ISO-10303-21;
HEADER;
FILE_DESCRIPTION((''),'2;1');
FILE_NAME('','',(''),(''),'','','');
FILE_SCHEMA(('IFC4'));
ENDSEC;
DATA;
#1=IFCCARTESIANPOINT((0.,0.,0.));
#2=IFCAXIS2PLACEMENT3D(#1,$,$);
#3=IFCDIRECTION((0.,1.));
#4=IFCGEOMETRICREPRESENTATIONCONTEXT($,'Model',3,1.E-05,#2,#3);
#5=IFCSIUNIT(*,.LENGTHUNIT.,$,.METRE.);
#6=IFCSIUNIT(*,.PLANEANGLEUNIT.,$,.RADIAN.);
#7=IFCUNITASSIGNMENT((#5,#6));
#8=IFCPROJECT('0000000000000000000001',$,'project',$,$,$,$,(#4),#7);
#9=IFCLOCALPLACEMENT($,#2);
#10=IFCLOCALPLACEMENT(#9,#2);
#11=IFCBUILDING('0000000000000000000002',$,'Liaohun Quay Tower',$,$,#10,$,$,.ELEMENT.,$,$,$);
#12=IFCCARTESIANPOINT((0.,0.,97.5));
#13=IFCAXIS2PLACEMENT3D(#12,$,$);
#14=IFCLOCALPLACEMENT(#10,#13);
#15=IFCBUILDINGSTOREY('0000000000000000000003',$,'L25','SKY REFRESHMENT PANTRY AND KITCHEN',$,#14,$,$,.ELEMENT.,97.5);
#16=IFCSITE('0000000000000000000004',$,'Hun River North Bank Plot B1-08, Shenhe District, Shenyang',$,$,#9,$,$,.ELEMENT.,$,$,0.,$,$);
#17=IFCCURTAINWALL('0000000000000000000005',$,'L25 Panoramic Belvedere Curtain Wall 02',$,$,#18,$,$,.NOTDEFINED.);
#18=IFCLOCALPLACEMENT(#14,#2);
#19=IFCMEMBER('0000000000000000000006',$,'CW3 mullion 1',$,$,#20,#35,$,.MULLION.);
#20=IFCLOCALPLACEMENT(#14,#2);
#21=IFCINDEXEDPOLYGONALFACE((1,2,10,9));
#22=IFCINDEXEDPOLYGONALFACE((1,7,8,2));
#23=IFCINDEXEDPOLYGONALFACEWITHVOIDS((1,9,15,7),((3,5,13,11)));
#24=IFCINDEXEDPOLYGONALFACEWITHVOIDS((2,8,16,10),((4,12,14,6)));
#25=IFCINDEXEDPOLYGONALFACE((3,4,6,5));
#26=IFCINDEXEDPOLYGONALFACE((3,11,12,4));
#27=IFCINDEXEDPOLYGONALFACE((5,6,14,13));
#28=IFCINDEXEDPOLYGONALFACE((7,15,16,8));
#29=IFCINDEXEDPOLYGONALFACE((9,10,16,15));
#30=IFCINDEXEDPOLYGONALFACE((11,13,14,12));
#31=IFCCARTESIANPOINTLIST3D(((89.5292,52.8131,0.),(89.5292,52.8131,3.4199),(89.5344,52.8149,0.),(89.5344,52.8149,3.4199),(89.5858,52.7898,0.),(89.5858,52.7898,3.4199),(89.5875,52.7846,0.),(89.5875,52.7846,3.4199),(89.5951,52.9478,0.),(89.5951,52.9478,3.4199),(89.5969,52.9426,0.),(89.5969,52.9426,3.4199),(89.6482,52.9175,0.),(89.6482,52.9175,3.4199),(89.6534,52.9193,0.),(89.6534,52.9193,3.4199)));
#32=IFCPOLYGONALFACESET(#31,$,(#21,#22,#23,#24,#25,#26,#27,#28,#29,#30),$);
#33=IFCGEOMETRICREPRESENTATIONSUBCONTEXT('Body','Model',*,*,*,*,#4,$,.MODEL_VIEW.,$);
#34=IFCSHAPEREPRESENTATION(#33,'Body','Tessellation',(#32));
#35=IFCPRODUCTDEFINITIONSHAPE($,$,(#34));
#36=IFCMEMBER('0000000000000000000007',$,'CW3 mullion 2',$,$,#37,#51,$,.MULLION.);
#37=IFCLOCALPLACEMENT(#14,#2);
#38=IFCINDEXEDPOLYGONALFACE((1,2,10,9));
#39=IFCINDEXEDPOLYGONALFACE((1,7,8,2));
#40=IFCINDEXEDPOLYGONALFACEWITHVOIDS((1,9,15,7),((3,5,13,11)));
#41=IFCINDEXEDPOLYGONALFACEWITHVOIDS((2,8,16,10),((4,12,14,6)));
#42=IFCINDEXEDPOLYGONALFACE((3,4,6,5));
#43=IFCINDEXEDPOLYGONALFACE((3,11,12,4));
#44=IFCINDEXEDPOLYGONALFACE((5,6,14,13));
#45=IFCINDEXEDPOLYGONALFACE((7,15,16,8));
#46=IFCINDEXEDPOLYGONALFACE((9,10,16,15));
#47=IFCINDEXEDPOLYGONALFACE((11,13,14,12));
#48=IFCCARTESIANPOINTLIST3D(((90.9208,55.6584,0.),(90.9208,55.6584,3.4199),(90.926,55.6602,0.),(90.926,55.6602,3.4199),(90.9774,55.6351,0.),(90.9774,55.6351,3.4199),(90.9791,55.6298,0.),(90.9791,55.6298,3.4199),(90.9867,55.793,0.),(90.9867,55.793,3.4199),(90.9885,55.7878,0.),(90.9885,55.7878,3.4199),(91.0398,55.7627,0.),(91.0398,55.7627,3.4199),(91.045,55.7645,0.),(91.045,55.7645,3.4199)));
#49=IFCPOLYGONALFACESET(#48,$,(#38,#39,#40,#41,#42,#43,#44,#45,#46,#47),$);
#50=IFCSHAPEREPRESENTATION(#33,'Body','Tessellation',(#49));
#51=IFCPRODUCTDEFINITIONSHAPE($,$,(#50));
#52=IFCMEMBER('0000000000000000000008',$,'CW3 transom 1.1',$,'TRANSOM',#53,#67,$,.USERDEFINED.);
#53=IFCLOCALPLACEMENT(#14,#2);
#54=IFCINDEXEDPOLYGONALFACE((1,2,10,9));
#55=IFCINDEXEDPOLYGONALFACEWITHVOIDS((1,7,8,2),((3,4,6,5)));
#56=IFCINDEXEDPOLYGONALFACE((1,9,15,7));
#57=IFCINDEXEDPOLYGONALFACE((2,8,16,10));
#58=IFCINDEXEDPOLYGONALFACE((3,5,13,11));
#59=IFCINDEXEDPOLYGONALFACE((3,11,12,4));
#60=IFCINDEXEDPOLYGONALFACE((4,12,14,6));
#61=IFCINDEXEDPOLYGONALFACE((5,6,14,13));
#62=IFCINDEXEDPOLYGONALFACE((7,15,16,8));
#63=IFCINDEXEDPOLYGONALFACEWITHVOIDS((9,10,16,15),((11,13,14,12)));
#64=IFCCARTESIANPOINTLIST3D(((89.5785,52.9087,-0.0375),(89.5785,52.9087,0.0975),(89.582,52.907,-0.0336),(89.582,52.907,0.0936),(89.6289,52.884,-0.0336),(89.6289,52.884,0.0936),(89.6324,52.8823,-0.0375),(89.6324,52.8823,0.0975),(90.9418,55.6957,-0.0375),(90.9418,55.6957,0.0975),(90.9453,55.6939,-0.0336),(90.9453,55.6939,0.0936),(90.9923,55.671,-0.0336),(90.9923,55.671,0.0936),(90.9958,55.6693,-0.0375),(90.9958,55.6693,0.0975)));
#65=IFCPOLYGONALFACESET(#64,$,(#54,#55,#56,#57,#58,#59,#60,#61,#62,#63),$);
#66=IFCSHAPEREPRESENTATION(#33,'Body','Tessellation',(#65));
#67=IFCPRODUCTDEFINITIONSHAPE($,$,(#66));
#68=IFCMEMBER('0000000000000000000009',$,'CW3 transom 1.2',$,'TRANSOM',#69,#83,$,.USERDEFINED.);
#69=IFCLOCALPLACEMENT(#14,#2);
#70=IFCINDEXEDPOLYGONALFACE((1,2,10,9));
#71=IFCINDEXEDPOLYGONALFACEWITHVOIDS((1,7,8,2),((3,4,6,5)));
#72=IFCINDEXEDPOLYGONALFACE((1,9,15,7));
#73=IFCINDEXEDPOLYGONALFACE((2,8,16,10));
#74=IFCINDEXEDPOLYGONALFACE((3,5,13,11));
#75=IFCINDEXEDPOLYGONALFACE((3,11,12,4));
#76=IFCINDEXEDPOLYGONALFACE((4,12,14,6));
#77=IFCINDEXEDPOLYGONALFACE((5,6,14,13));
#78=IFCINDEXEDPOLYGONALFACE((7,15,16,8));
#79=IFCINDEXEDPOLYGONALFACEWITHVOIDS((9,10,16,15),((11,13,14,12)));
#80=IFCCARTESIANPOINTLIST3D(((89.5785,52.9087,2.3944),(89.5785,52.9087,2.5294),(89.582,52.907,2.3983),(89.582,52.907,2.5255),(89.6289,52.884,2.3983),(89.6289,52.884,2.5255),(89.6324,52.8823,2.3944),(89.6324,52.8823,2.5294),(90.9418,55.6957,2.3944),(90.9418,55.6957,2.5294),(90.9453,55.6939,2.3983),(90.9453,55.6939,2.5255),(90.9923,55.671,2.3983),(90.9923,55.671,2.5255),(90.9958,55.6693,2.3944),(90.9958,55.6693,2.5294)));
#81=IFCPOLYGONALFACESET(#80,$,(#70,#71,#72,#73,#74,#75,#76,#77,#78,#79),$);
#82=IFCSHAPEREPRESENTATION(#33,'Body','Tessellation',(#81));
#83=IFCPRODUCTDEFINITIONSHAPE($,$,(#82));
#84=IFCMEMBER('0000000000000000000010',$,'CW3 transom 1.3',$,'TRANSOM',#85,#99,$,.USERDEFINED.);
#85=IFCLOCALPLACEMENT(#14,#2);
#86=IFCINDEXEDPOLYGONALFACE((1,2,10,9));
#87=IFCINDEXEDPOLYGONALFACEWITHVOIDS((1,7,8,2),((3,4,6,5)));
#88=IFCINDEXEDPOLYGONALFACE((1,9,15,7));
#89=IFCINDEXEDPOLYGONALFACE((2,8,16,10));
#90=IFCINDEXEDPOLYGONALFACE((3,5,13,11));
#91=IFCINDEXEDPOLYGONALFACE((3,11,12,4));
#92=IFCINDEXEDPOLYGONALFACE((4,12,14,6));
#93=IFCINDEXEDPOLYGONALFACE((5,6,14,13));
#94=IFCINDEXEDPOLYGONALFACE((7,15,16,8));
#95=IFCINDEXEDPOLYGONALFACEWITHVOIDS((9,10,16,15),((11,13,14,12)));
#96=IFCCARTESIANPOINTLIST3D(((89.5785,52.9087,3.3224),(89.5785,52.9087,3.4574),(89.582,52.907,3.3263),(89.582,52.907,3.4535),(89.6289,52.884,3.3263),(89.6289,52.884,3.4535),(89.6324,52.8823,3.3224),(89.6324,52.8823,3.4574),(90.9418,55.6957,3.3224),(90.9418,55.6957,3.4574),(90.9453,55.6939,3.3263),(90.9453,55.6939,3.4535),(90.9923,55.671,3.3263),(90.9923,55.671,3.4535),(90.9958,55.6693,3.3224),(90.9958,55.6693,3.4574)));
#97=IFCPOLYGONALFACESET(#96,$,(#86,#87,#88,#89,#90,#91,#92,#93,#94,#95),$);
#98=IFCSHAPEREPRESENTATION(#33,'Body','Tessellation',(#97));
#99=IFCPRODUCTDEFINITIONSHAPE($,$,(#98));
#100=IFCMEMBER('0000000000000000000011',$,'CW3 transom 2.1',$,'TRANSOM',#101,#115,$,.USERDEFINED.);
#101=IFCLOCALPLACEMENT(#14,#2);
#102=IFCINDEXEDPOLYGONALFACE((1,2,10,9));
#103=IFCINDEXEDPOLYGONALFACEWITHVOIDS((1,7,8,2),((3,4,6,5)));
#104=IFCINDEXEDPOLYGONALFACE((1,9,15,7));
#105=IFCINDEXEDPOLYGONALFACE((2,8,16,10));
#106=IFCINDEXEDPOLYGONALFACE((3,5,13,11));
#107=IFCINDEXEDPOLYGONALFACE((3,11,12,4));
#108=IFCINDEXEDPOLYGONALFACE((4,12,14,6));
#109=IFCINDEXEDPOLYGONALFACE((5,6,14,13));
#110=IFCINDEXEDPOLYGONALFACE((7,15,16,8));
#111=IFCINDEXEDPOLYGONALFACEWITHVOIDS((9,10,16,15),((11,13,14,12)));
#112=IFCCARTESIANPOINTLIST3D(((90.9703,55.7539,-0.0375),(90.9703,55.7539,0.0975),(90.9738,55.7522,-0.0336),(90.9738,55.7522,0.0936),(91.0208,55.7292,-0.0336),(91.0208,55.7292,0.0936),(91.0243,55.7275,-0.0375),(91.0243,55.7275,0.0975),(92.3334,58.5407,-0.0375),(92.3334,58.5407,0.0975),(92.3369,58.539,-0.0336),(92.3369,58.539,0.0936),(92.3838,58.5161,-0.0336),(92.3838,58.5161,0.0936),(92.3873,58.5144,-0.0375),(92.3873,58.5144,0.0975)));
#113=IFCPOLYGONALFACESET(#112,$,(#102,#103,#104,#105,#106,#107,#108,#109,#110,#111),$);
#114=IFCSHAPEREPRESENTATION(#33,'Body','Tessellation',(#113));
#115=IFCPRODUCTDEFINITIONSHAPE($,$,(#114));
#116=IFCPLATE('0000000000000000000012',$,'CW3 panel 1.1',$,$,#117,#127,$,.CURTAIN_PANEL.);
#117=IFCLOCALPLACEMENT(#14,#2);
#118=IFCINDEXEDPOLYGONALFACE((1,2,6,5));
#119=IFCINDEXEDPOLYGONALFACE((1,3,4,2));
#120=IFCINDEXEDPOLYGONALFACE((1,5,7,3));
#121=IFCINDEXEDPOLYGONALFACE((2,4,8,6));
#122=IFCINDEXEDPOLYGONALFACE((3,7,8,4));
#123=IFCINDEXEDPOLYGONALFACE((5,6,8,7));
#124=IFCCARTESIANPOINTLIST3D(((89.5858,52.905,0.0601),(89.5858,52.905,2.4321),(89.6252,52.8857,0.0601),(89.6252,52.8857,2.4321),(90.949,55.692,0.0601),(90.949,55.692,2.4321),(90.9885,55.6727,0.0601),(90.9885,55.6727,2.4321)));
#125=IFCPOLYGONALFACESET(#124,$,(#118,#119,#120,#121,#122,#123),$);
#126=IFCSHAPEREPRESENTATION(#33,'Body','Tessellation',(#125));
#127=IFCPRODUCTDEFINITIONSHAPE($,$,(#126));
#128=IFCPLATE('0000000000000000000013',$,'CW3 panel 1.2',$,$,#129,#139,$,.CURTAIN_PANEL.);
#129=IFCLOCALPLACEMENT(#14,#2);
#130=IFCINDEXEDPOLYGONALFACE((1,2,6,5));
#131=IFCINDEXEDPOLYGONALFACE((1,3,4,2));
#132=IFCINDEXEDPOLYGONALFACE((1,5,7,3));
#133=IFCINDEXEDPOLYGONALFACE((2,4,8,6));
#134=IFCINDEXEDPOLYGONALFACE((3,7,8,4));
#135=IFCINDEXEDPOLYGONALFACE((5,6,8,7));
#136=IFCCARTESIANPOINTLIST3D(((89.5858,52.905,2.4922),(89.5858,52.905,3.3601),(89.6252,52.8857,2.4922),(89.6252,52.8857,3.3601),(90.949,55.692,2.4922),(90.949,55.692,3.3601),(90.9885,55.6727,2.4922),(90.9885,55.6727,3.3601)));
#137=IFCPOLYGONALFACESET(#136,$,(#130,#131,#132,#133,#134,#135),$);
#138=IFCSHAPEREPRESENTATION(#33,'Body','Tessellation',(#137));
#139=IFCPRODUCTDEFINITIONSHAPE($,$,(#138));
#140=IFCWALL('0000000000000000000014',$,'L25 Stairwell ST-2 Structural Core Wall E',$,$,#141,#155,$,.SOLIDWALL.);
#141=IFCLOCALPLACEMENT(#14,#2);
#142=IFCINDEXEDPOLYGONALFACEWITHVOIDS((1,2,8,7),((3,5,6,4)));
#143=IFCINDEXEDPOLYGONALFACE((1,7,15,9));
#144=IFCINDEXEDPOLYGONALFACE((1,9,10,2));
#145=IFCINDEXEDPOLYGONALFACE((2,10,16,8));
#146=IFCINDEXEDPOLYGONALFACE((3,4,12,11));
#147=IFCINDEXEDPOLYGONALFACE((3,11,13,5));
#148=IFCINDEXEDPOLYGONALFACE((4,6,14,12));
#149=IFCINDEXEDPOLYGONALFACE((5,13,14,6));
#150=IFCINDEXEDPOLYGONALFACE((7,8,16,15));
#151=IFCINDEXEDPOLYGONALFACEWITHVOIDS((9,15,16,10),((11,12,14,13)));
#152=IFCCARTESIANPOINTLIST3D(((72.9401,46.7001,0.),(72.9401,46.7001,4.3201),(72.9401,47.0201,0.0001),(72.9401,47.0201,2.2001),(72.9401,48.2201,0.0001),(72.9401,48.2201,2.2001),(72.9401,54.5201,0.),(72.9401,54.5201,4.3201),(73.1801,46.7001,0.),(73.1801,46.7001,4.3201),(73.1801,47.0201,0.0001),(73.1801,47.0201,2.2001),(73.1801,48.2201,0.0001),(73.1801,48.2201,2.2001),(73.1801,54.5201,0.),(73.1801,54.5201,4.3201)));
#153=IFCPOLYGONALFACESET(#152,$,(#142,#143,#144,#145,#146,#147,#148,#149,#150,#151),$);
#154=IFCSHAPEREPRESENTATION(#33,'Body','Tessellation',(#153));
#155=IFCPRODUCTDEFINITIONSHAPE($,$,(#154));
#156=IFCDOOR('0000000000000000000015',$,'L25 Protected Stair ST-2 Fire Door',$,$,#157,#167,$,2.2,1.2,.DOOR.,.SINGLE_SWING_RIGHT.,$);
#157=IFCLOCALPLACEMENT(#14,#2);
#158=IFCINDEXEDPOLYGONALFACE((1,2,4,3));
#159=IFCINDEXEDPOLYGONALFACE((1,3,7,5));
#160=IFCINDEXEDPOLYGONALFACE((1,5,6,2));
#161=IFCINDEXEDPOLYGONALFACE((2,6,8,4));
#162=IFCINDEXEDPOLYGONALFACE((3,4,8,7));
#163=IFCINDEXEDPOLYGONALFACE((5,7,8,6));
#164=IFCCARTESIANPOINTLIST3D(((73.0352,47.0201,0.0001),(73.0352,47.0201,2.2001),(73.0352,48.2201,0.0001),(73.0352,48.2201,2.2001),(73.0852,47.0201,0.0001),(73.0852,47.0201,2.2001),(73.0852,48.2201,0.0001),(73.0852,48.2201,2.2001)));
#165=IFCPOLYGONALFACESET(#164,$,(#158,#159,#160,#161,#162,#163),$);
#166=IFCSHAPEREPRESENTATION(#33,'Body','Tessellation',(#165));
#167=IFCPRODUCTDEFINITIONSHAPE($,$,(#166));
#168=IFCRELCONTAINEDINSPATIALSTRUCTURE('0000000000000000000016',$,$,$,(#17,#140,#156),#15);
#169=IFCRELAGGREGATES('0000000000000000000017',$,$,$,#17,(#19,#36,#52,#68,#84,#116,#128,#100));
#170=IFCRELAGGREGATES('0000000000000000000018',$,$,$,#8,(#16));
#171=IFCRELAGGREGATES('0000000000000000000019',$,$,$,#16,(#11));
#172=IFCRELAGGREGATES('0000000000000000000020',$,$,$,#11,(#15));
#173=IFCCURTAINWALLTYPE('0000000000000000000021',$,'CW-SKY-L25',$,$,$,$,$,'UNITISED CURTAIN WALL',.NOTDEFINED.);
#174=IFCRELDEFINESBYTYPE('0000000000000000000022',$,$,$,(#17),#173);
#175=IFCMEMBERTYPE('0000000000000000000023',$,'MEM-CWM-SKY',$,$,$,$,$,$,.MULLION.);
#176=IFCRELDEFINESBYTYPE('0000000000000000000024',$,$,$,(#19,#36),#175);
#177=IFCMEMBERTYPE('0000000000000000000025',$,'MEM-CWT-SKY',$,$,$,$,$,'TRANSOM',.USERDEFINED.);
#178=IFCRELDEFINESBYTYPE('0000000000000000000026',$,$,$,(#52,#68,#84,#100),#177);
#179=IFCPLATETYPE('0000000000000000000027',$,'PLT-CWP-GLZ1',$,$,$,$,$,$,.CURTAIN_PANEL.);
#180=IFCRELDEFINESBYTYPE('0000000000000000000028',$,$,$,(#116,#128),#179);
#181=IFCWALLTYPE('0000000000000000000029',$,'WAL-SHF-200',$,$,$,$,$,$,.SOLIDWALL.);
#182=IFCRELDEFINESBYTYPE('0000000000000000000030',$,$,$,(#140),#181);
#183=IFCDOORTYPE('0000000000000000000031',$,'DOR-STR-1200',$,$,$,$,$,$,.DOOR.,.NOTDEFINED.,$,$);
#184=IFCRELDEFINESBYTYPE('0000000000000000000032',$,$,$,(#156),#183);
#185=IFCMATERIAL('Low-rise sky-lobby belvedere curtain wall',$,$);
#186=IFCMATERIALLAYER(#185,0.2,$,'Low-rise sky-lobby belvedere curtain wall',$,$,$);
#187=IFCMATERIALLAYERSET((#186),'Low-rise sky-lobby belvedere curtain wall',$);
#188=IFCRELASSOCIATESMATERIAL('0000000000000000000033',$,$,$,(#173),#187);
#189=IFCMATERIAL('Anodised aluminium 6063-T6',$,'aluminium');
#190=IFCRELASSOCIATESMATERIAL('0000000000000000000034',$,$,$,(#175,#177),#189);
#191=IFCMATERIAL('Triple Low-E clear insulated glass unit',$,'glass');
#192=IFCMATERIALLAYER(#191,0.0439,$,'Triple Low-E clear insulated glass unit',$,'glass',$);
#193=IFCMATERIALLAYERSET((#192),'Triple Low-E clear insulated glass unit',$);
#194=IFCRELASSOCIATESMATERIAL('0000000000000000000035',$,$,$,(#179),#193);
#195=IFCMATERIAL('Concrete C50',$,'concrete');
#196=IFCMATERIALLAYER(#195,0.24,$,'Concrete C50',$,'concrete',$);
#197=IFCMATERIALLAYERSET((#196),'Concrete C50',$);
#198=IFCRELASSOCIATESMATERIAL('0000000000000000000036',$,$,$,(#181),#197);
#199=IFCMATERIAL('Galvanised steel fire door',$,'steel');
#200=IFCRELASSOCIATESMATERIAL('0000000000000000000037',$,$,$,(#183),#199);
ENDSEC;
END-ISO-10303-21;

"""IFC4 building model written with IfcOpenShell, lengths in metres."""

from ifc_helpers import new_model, si_unit, direction, frame, frame_2d, origin, origin_2d, place, context, subcontext, project, spatial, rectangle, hollow_rectangle, extrude, source, transform, mapped, material, layer, layer_set, material_profile, profile_set, type_object, element, fill, aggregate, save


model = new_model("IFC4")

# Units and contexts
model_context = context("Model", 3, precision=1e-05, world=origin(), true_north=direction((0.0, 1.0)))
body_context = subcontext(model_context, "Body", "Model", "MODEL_VIEW")
ifc_project = project(units=[si_unit("LENGTHUNIT", "METRE"), si_unit("PLANEANGLEUNIT", "RADIAN")], contexts=[model_context])

# Site, building, storey
site_placement = place(None, origin())
site = spatial("IfcSite", under=ifc_project, at=site_placement, Name="Hun River North Bank Plot B1-08, Shenhe District, Shenyang", CompositionType="ELEMENT", RefElevation=0.0)
building_placement = place(site_placement, origin())
building = spatial("IfcBuilding", under=site, at=building_placement, Name="Liaohun Quay Tower", CompositionType="ELEMENT")
storey_placement = place(building_placement, frame((0.0, 0.0, 97.5)))
storey = spatial("IfcBuildingStorey", under=building, at=storey_placement, Name="L25", Description="SKY REFRESHMENT PANTRY AND KITCHEN", CompositionType="ELEMENT", Elevation=97.5)

# Curtain wall, members, plates
ifc_material_1 = material(Name="Low-rise sky-lobby belvedere curtain wall")
ifc_layer_1 = layer(ifc_material_1, 0.2, Name="Low-rise sky-lobby belvedere curtain wall")
ifc_layer_set_1 = layer_set([ifc_layer_1], Name="Low-rise sky-lobby belvedere curtain wall")
curtain_wall_type = type_object("IfcCurtainWallType", Name="CW-SKY-L25", ElementType="UNITISED CURTAIN WALL", PredefinedType="NOTDEFINED", material=ifc_layer_set_1)
curtain_wall_placement = place(storey_placement, origin())
curtain_wall = element("IfcCurtainWall", 1, at=curtain_wall_placement, inside=storey, type_object=curtain_wall_type, Name="L25 Panoramic Belvedere Curtain Wall 02", PredefinedType="NOTDEFINED")
ifc_material_2 = material(Name="Anodised aluminium 6063-T6", Category="aluminium")
ifc_material_profile_1 = material_profile(ifc_material_2, hollow_rectangle(XDim=0.0649, YDim=0.1499, WallThickness=0.0039, at=origin_2d()), Name="RHS150x65x4")
ifc_profile_set_1 = profile_set([ifc_material_profile_1], Name="Anodised aluminium 6063-T6")
member_type_1 = type_object("IfcMemberType", Name="MEM-CWM-SKY", PredefinedType="MULLION", material=ifc_profile_set_1)
shared_shape_1 = source(origin(), body_context, "Body", "SweptSolid", [
    extrude(hollow_rectangle(XDim=0.0649, YDim=0.1499, WallThickness=0.0039, at=origin_2d()), origin(), (0.0, 0.0, 1.0), 3.4199),
])
member_1_placement = place(storey_placement, frame((89.5913, 52.8662, 0.0), z_axis=(0.0, 0.0, 1.0), x_axis=(-0.898299, 0.439384, 0.0)))
member_1 = element("IfcMember", 2, at=member_1_placement, type_object=member_type_1, Name="CW3 mullion 1", PredefinedType="MULLION", context=body_context, shape_type="MappedRepresentation", body=[
    mapped(shared_shape_1, transform((0.0, 0.0, 0.0), x_axis=(1.0, 0.0, 0.0), y_axis=(0.0, 1.0, 0.0), z_axis=(0.0, 0.0, 1.0), scale=1.0)),
])
member_2_placement = place(storey_placement, frame((90.9829, 55.7114, 0.0), z_axis=(0.0, 0.0, 1.0), x_axis=(-0.898299, 0.439384, 0.0)))
member_2 = element("IfcMember", 3, at=member_2_placement, type_object=member_type_1, Name="CW3 mullion 2", PredefinedType="MULLION", context=body_context, shape_type="MappedRepresentation", body=[
    mapped(shared_shape_1, transform((0.0, 0.0, 0.0), x_axis=(1.0, 0.0, 0.0), y_axis=(0.0, 1.0, 0.0), z_axis=(0.0, 0.0, 1.0), scale=1.0)),
])
ifc_material_profile_2 = material_profile(ifc_material_2, hollow_rectangle(XDim=0.0601, YDim=0.135, WallThickness=0.0039, at=origin_2d()), Name="RHS135x60x4")
ifc_profile_set_2 = profile_set([ifc_material_profile_2], Name="Anodised aluminium 6063-T6")
member_type_2 = type_object("IfcMemberType", Name="MEM-CWT-SKY", ElementType="TRANSOM", PredefinedType="USERDEFINED", material=ifc_profile_set_2)
shared_shape_2 = source(origin(), body_context, "Body", "SweptSolid", [
    extrude(hollow_rectangle(XDim=0.0601, YDim=0.135, WallThickness=0.0039, at=origin_2d()), origin(), (0.0, 0.0, 1.0), 3.1025),
])
member_3_placement = place(storey_placement, frame((89.6055, 52.8955, 0.03), z_axis=(0.439422, 0.898281, 0.0), x_axis=(-0.898281, 0.439422, 0.0)))
member_3 = element("IfcMember", 4, at=member_3_placement, type_object=member_type_2, Name="CW3 transom 1.1", ObjectType="TRANSOM", PredefinedType="USERDEFINED", context=body_context, shape_type="MappedRepresentation", body=[
    mapped(shared_shape_2, transform((0.0, 0.0, 0.0), x_axis=(1.0, 0.0, 0.0), y_axis=(0.0, 1.0, 0.0), z_axis=(0.0, 0.0, 1.0), scale=1.0)),
])
member_4_placement = place(storey_placement, frame((89.6055, 52.8955, 2.4619), z_axis=(0.439422, 0.898281, 0.0), x_axis=(-0.898281, 0.439422, 0.0)))
member_4 = element("IfcMember", 5, at=member_4_placement, type_object=member_type_2, Name="CW3 transom 1.2", ObjectType="TRANSOM", PredefinedType="USERDEFINED", context=body_context, shape_type="MappedRepresentation", body=[
    mapped(shared_shape_2, transform((0.0, 0.0, 0.0), x_axis=(1.0, 0.0, 0.0), y_axis=(0.0, 1.0, 0.0), z_axis=(0.0, 0.0, 1.0), scale=1.0)),
])
member_5_placement = place(storey_placement, frame((89.6055, 52.8955, 3.3899), z_axis=(0.439422, 0.898281, 0.0), x_axis=(-0.898281, 0.439422, 0.0)))
member_5 = element("IfcMember", 6, at=member_5_placement, type_object=member_type_2, Name="CW3 transom 1.3", ObjectType="TRANSOM", PredefinedType="USERDEFINED", context=body_context, shape_type="MappedRepresentation", body=[
    mapped(shared_shape_2, transform((0.0, 0.0, 0.0), x_axis=(1.0, 0.0, 0.0), y_axis=(0.0, 1.0, 0.0), z_axis=(0.0, 0.0, 1.0), scale=1.0)),
])
shared_shape_3 = source(origin(), body_context, "Body", "SweptSolid", [
    extrude(hollow_rectangle(XDim=0.0601, YDim=0.135, WallThickness=0.0039, at=origin_2d()), origin(), (0.0, 0.0, 1.0), 3.1023),
])
member_6_placement = place(storey_placement, frame((90.9973, 55.7407, 0.03), z_axis=(0.439358, 0.898312, 0.0), x_axis=(-0.898312, 0.439358, 0.0)))
member_6 = element("IfcMember", 7, at=member_6_placement, type_object=member_type_2, Name="CW3 transom 2.1", ObjectType="TRANSOM", PredefinedType="USERDEFINED", context=body_context, shape_type="MappedRepresentation", body=[
    mapped(shared_shape_3, transform((0.0, 0.0, 0.0), x_axis=(1.0, 0.0, 0.0), y_axis=(0.0, 1.0, 0.0), z_axis=(0.0, 0.0, 1.0), scale=1.0)),
])
ifc_material_3 = material(Name="Triple Low-E clear insulated glass unit", Category="glass")
ifc_layer_2 = layer(ifc_material_3, 0.0439, Name="Triple Low-E clear insulated glass unit", Category="glass")
ifc_layer_set_2 = layer_set([ifc_layer_2], Name="Triple Low-E clear insulated glass unit")
plate_type = type_object("IfcPlateType", Name="PLT-CWP-GLZ1", PredefinedType="CURTAIN_PANEL", material=ifc_layer_set_2)
shared_shape_4 = source(origin(), body_context, "Body", "SweptSolid", [
    extrude(rectangle(XDim=3.1025, YDim=0.0439, at=origin_2d()), origin(), (0.0, 0.0, 1.0), 2.3721),
])
plate_1_placement = place(storey_placement, frame((90.2871, 54.2888, 0.0601), z_axis=(0.0, 0.0, 1.0), x_axis=(0.439384, 0.898299, 0.0)))
plate_1 = element("IfcPlate", 8, at=plate_1_placement, type_object=plate_type, Name="CW3 panel 1.1", PredefinedType="CURTAIN_PANEL", context=body_context, shape_type="MappedRepresentation", body=[
    mapped(shared_shape_4, transform((0.0, 0.0, 0.0), x_axis=(1.0, 0.0, 0.0), y_axis=(0.0, 1.0, 0.0), z_axis=(0.0, 0.0, 1.0), scale=1.0)),
])
shared_shape_5 = source(origin(), body_context, "Body", "SweptSolid", [
    extrude(rectangle(XDim=3.1025, YDim=0.0439, at=origin_2d()), origin(), (0.0, 0.0, 1.0), 0.8679),
])
plate_2_placement = place(storey_placement, frame((90.2871, 54.2888, 2.4922), z_axis=(0.0, 0.0, 1.0), x_axis=(0.439384, 0.898299, 0.0)))
plate_2 = element("IfcPlate", 9, at=plate_2_placement, type_object=plate_type, Name="CW3 panel 1.2", PredefinedType="CURTAIN_PANEL", context=body_context, shape_type="MappedRepresentation", body=[
    mapped(shared_shape_5, transform((0.0, 0.0, 0.0), x_axis=(1.0, 0.0, 0.0), y_axis=(0.0, 1.0, 0.0), z_axis=(0.0, 0.0, 1.0), scale=1.0)),
])
aggregate(curtain_wall, [member_1, member_2, member_3, member_4, member_5, plate_1, plate_2, member_6])

# Wall, opening, door
ifc_material_4 = material(Name="Concrete C50", Category="concrete")
ifc_layer_3 = layer(ifc_material_4, 0.24, Name="Concrete C50", Category="concrete")
ifc_layer_set_3 = layer_set([ifc_layer_3], Name="Concrete C50")
wall_type = type_object("IfcWallType", Name="WAL-SHF-200", PredefinedType="SOLIDWALL", material=ifc_layer_set_3)
wall_1_placement = place(storey_placement, frame((73.0601, 46.7, 0.0), z_axis=(0.0, 0.0, 1.0), x_axis=(0.0, 1.0, 0.0)))
wall_1 = element("IfcWall", 10, at=wall_1_placement, inside=storey, type_object=wall_type, Name="L25 Stairwell ST-2 Structural Core Wall E", PredefinedType="SOLIDWALL", context=body_context, shape_type="SweptSolid", body=[
    extrude(rectangle(XDim=7.8201, YDim=0.24, at=frame_2d((3.9102, 0.0))), origin(), (0.0, 0.0, 1.0), 4.3201),
])
shared_shape_6 = source(origin(), body_context, "Body", "SweptSolid", [
    extrude(rectangle(XDim=1.2, YDim=2.2, at=frame_2d((0.6001, 1.1001))), frame((0.0, 0.1299, 0.0), z_axis=(0.0, -1.0, 0.0), x_axis=(1.0, 0.0, 0.0)), (0.0, 0.0, 1.0), 0.26),
])
opening_placement = place(wall_1_placement, frame((0.3201, 0.0, 0.0)))
opening = element("IfcOpeningElement", 11, at=opening_placement, cuts=wall_1, PredefinedType="OPENING", context=body_context, shape_type="MappedRepresentation", body=[
    mapped(shared_shape_6, transform((0.0, 0.0, 0.0), x_axis=(1.0, 0.0, 0.0), y_axis=(0.0, 1.0, 0.0), z_axis=(0.0, 0.0, 1.0), scale=1.0)),
])
ifc_material_5 = material(Name="Galvanised steel fire door", Category="steel")
door_type = type_object("IfcDoorType", Name="DOR-STR-1200", OperationType="NOTDEFINED", PredefinedType="DOOR", material=ifc_material_5)
shared_shape_7 = source(origin(), body_context, "Body", "SweptSolid", [
    extrude(rectangle(XDim=1.2, YDim=2.2, at=frame_2d((0.6001, 1.1001))), frame((0.0, 0.0249, 0.0), z_axis=(0.0, -1.0, 0.0), x_axis=(1.0, 0.0, 0.0)), (0.0, 0.0, 1.0), 0.05),
])
door_placement = place(opening_placement, origin())
door = element("IfcDoor", 12, at=door_placement, inside=storey, type_object=door_type, Name="L25 Protected Stair ST-2 Fire Door", OperationType="SINGLE_SWING_RIGHT", OverallHeight=2.2, OverallWidth=1.2, PredefinedType="DOOR", context=body_context, shape_type="MappedRepresentation", body=[
    mapped(shared_shape_7, transform((0.0, 0.0, 0.0), x_axis=(1.0, 0.0, 0.0), y_axis=(0.0, 1.0, 0.0), z_axis=(0.0, 0.0, 1.0), scale=1.0)),
])
fill(opening, door)

save(model, "model.ifc")
